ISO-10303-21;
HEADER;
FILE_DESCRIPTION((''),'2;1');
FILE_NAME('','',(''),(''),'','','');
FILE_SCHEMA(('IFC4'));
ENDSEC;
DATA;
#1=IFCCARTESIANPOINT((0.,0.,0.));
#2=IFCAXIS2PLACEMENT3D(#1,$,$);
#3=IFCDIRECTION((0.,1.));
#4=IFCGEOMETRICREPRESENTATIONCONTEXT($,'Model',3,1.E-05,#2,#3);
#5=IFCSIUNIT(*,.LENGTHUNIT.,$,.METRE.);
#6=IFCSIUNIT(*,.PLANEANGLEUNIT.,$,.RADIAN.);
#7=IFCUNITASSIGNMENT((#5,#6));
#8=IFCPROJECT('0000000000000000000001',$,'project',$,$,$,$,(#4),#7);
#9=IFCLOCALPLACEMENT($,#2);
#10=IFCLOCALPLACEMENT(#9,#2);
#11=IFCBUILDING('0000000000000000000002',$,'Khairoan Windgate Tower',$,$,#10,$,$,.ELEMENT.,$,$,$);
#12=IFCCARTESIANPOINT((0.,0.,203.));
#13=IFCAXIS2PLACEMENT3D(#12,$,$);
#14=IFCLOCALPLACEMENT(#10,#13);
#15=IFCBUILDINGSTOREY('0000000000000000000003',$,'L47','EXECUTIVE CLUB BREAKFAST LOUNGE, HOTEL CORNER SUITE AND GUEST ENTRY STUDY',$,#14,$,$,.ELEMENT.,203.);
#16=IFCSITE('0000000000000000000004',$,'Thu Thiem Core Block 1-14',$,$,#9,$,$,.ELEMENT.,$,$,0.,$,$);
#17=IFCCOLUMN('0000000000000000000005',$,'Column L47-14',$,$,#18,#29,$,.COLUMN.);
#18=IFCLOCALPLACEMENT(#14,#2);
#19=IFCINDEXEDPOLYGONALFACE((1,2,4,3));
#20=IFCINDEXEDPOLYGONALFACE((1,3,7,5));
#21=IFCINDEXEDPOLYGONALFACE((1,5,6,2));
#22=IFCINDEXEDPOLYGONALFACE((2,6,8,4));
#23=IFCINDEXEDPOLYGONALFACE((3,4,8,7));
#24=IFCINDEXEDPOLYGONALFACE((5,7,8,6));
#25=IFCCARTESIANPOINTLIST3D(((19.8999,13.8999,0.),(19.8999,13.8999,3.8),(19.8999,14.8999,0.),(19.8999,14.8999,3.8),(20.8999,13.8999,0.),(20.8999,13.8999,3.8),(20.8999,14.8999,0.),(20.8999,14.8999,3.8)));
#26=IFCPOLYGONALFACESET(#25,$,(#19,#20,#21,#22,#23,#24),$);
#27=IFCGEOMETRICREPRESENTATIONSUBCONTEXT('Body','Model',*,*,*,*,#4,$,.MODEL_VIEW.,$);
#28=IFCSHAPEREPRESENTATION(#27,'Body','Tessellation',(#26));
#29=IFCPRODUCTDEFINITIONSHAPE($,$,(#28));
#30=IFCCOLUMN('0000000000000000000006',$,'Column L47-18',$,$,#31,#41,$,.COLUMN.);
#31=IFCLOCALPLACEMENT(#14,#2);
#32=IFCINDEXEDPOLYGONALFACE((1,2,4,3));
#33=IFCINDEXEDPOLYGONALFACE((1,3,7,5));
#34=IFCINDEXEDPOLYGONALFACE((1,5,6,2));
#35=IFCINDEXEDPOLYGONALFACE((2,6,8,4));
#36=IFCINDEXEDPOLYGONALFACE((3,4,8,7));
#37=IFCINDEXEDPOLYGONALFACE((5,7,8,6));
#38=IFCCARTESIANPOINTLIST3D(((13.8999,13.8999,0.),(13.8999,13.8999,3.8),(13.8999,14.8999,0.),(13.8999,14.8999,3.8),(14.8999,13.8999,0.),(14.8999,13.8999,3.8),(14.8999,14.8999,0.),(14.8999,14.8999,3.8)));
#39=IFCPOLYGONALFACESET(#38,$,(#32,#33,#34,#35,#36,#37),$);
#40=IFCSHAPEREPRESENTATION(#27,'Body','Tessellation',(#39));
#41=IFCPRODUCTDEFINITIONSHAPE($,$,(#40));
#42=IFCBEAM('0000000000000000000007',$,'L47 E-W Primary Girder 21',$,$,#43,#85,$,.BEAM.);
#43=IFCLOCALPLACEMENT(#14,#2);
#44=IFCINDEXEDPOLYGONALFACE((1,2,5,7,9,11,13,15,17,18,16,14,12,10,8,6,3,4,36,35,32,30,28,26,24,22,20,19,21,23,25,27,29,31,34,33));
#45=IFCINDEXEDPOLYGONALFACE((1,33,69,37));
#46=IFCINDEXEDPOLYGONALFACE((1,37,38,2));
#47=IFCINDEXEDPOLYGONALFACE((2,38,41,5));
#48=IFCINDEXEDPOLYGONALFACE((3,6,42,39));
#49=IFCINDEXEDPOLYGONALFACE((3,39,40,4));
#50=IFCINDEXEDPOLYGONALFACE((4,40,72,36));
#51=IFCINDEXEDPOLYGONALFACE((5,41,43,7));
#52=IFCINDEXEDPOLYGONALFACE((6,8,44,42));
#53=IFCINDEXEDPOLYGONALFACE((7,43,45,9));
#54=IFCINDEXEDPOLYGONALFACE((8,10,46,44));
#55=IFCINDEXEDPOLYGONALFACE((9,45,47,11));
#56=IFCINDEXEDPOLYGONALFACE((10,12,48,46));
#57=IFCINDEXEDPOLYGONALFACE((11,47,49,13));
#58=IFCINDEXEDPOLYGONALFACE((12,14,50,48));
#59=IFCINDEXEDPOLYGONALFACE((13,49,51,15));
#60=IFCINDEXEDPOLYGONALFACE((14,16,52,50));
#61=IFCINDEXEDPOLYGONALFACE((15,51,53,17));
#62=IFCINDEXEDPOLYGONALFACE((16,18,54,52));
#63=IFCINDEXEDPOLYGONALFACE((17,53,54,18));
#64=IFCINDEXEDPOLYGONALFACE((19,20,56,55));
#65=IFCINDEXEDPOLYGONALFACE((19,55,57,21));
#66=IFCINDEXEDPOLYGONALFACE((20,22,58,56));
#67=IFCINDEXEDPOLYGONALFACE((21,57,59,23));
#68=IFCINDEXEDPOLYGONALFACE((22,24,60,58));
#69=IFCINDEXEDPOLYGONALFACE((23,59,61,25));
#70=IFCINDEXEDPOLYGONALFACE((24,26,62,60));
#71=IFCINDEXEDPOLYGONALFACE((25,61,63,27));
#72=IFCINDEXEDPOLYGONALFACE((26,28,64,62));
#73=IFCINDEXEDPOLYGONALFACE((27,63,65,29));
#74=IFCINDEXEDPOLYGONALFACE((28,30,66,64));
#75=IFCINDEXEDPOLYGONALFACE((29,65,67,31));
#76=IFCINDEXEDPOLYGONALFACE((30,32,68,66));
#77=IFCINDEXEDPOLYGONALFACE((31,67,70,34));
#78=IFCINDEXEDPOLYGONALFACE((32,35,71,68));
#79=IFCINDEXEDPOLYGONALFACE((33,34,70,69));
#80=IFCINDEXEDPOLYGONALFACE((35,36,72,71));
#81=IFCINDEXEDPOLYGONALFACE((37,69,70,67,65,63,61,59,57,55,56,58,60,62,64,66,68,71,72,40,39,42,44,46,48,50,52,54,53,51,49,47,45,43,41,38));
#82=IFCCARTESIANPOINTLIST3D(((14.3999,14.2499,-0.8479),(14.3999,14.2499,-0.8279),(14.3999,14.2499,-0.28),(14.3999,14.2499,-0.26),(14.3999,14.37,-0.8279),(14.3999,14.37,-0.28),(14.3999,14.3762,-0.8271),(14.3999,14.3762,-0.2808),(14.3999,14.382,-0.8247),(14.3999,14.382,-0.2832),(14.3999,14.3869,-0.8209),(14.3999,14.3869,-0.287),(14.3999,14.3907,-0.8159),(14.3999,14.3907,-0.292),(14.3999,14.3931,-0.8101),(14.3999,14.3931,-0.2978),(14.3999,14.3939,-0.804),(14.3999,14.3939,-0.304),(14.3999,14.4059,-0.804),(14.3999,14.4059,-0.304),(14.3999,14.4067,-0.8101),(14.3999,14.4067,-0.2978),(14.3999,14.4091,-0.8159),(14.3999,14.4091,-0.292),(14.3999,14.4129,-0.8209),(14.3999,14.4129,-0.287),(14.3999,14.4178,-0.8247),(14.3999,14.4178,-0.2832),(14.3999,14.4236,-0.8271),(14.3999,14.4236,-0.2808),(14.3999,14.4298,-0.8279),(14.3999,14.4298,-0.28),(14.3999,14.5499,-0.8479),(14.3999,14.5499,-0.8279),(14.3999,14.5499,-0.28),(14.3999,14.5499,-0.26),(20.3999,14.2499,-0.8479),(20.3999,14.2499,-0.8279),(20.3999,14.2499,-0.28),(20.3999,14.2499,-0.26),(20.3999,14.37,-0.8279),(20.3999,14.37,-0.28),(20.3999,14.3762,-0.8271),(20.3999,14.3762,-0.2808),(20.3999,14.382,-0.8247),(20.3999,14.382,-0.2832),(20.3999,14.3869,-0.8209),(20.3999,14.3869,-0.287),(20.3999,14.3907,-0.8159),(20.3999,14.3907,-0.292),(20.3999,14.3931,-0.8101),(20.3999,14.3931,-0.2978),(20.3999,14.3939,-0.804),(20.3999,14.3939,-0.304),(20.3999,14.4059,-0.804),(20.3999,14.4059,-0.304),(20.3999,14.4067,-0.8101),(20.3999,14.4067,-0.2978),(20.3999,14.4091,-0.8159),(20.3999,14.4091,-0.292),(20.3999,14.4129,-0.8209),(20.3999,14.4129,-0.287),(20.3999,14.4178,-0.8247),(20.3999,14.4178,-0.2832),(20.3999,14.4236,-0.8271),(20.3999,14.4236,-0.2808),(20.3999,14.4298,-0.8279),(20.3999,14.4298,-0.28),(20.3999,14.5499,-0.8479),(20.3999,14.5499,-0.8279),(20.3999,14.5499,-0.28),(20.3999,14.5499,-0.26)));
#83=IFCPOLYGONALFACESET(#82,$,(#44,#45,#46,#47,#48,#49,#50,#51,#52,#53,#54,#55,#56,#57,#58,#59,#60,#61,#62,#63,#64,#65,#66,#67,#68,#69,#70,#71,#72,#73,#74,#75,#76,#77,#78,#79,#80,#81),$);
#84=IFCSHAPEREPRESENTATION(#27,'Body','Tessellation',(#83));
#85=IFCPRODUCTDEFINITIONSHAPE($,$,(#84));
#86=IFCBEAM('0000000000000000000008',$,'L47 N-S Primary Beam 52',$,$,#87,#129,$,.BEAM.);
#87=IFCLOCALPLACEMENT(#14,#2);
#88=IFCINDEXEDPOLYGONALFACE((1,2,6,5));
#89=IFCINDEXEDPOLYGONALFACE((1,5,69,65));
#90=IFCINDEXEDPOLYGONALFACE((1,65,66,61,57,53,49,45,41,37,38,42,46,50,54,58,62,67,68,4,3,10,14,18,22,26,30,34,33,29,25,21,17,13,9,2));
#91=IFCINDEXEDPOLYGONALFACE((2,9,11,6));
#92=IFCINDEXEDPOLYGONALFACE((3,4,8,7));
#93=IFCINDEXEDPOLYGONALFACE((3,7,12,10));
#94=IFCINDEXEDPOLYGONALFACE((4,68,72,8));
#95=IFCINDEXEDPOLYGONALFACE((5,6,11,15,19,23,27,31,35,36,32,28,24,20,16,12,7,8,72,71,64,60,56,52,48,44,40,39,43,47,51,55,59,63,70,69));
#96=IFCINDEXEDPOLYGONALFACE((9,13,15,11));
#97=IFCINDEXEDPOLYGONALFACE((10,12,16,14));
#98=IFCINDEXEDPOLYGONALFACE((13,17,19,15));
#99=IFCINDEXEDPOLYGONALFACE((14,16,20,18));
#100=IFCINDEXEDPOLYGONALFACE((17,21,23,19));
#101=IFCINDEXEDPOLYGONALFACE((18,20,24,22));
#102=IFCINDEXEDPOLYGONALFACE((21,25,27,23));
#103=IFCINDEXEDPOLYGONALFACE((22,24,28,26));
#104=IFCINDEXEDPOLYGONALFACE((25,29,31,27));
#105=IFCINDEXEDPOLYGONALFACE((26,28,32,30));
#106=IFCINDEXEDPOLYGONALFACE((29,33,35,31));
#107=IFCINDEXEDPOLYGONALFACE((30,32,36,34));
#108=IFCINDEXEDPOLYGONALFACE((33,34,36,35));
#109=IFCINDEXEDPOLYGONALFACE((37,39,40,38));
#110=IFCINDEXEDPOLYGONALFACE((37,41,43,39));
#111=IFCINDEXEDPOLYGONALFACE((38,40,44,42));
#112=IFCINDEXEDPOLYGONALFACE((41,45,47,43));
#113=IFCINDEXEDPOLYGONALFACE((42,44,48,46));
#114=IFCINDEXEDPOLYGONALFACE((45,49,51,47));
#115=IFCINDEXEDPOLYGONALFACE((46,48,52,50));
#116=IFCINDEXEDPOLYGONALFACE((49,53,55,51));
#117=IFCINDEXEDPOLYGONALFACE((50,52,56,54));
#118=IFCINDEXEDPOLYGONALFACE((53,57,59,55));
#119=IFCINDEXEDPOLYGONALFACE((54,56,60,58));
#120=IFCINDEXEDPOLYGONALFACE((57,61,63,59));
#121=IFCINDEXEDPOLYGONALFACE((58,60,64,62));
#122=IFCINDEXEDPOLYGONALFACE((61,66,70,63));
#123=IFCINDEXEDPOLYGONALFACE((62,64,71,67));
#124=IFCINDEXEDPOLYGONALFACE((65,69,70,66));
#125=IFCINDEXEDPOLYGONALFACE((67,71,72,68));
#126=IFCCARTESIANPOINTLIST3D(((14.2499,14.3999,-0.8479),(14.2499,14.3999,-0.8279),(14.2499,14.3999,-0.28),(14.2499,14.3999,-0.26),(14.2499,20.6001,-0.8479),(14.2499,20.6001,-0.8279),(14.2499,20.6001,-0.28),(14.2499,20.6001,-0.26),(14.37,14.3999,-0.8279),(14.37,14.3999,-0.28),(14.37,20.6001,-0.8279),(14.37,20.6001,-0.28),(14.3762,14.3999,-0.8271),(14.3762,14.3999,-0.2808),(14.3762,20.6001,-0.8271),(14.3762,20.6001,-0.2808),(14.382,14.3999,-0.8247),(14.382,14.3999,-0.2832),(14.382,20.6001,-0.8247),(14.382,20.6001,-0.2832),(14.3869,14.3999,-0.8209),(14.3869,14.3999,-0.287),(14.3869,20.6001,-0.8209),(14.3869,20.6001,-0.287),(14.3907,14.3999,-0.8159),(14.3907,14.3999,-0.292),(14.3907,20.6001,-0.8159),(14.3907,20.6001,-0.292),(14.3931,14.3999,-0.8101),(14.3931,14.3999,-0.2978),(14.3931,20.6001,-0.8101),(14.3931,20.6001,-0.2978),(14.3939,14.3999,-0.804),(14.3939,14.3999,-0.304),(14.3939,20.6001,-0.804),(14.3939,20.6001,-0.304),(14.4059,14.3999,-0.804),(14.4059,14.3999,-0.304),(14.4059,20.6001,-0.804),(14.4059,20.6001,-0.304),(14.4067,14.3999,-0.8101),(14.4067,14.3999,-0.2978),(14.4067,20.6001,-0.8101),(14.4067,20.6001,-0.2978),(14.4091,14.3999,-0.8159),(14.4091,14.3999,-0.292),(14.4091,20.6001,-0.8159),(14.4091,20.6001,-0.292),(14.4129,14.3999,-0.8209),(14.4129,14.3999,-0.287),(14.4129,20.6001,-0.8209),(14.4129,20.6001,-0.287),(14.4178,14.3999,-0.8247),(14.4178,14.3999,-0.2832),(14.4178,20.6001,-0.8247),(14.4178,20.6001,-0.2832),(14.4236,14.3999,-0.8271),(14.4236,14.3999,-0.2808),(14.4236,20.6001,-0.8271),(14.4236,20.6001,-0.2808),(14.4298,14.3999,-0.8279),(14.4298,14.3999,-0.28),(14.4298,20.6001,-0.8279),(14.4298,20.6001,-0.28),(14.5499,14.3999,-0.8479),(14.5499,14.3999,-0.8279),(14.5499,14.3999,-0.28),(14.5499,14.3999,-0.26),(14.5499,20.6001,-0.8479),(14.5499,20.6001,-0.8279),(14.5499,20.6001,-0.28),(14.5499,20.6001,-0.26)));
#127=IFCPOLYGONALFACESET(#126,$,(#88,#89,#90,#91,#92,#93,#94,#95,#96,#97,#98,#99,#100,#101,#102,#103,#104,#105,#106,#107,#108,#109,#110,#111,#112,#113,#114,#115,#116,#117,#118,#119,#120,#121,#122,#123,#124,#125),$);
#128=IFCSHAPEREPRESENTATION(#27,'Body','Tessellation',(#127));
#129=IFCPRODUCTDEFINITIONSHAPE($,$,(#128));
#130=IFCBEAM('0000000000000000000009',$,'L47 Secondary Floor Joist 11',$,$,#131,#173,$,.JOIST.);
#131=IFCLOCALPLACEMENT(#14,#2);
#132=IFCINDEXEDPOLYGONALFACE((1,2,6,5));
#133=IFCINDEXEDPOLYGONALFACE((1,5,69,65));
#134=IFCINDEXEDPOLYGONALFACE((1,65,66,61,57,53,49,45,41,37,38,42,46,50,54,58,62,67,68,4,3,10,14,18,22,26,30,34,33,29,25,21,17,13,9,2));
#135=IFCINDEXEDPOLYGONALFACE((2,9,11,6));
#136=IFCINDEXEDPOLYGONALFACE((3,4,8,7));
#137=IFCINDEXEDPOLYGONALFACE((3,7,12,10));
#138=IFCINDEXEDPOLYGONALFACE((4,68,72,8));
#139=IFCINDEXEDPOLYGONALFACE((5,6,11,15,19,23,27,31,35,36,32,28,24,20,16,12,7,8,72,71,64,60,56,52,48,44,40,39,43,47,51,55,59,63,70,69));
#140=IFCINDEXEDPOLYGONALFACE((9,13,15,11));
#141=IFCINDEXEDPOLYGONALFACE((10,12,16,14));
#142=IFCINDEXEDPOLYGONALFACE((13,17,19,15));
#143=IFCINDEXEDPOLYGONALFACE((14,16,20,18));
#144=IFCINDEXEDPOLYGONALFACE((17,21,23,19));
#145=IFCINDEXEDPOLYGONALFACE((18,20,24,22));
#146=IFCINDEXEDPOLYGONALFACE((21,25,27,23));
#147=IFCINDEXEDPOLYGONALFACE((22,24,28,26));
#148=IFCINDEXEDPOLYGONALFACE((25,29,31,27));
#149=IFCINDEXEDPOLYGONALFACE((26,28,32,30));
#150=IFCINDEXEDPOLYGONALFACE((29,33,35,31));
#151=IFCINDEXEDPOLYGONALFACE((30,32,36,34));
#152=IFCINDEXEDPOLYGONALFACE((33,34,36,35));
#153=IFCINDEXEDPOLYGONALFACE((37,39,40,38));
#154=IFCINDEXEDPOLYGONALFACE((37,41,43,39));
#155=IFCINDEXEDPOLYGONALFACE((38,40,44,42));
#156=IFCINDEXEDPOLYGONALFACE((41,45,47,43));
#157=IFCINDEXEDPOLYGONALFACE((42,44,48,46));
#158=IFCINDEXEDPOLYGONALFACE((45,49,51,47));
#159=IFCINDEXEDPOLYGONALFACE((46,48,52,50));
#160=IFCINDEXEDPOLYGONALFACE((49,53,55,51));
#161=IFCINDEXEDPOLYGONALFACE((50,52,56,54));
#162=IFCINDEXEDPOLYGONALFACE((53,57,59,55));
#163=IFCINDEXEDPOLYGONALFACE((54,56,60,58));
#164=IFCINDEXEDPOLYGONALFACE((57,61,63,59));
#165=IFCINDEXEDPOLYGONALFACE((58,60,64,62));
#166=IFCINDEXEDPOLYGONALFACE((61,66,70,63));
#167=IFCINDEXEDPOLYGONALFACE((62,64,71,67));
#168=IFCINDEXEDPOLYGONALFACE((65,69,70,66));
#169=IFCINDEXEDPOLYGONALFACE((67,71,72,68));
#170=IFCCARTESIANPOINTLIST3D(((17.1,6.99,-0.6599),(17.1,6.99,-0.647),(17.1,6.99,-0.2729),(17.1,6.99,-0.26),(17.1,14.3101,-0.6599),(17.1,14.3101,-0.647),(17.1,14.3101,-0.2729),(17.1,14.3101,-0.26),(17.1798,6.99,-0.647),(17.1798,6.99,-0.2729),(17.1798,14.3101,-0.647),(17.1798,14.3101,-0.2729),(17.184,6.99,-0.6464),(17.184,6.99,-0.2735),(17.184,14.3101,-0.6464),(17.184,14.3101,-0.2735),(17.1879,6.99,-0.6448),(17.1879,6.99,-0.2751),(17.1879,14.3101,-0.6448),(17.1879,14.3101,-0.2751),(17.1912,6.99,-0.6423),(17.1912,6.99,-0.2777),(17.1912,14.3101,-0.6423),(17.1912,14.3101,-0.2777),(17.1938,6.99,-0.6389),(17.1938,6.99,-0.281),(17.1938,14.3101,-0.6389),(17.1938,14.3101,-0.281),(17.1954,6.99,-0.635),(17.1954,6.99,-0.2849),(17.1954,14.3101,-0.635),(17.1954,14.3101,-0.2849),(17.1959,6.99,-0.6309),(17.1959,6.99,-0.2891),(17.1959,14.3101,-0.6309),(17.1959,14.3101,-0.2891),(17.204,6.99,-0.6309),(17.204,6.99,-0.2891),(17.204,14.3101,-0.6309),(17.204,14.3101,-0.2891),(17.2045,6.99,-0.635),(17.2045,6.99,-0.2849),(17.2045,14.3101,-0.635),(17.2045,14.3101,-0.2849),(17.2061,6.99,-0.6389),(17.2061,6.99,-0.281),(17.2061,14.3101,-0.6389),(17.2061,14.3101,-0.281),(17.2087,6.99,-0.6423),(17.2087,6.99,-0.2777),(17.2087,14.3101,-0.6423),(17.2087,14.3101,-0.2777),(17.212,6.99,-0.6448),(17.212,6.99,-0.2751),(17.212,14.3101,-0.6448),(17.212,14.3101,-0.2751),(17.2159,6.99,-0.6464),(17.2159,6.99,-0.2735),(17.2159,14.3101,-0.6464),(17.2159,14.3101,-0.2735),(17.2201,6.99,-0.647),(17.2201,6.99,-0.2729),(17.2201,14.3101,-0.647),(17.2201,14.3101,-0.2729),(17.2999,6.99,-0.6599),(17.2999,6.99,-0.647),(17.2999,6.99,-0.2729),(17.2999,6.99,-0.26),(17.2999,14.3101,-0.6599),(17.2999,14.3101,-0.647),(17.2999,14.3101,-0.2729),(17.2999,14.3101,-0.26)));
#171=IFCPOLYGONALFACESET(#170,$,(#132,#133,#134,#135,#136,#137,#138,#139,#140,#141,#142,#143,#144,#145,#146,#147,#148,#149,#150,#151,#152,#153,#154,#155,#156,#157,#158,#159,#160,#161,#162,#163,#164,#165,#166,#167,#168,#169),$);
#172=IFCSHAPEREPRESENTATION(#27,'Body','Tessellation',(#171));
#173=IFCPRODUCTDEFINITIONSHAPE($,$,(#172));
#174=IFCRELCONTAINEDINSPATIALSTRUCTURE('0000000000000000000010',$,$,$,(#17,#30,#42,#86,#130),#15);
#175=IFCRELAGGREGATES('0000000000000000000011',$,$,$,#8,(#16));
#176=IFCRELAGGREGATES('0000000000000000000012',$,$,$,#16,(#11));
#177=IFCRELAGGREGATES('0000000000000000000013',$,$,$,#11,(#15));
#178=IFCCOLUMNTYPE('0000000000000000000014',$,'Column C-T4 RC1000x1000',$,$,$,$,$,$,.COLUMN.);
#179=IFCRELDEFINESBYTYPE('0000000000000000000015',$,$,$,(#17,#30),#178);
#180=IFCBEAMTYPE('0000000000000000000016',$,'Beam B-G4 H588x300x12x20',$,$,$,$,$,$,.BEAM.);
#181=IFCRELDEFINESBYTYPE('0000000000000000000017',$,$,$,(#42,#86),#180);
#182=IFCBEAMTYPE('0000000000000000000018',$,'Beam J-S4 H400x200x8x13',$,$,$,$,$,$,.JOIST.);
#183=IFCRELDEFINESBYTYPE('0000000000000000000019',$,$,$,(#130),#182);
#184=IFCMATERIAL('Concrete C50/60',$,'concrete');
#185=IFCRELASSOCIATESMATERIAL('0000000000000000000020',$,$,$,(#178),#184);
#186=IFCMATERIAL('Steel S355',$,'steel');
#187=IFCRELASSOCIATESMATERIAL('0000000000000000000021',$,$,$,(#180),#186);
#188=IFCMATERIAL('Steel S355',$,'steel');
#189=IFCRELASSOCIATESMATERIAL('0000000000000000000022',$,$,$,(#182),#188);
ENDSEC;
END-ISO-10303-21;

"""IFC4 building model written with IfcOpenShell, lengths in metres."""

from ifc_helpers import new_model, si_unit, direction, frame, origin, origin_2d, place, context, subcontext, project, spatial, rectangle, i_section, extrude, material, material_profile, profile_set, type_object, element, save


model = new_model("IFC4")

# Units and contexts
model_context = context("Model", 3, precision=1e-05, world=origin(), true_north=direction((0.0, 1.0)))
body_context = subcontext(model_context, "Body", "Model", "MODEL_VIEW")
ifc_project = project(units=[si_unit("LENGTHUNIT", "METRE"), si_unit("PLANEANGLEUNIT", "RADIAN")], contexts=[model_context])

# Site, building, storey
site_placement = place(None, origin())
site = spatial("IfcSite", under=ifc_project, at=site_placement, Name="Thu Thiem Core Block 1-14", CompositionType="ELEMENT", RefElevation=0.0)
building_placement = place(site_placement, origin())
building = spatial("IfcBuilding", under=site, at=building_placement, Name="Khairoan Windgate Tower", CompositionType="ELEMENT")
storey_placement = place(building_placement, frame((0.0, 0.0, 203.0)))
storey = spatial("IfcBuildingStorey", under=building, at=storey_placement, Name="L47", Description="EXECUTIVE CLUB BREAKFAST LOUNGE, HOTEL CORNER SUITE AND GUEST ENTRY STUDY", CompositionType="ELEMENT", Elevation=203.0)

# Columns
ifc_material_1 = material(Name="Concrete C50/60", Category="concrete")
ifc_material_profile_1 = material_profile(ifc_material_1, rectangle(XDim=1.0, YDim=1.0, at=origin_2d()))
ifc_profile_set_1 = profile_set([ifc_material_profile_1], Name="Concrete C50/60")
column_type = type_object("IfcColumnType", Name="Column C-T4 RC1000x1000", PredefinedType="COLUMN", material=ifc_profile_set_1)
for number, where, z_axis, x_axis, name in (
    (1, (20.3999, 14.3999, 0.0), (0.0, 0.0, 1.0), (1.0, 0.0, 0.0), "Column L47-14"),
    (2, (14.3999, 14.3999, 0.0), (0.0, 0.0, 1.0), (1.0, 0.0, 0.0), "Column L47-18"),
):
    element("IfcColumn", number, at=place(storey_placement, frame(where, z_axis=z_axis, x_axis=x_axis)), inside=storey, type_object=column_type, Name=name, PredefinedType="COLUMN", context=body_context, shape_type="SweptSolid", body=[
        extrude(rectangle(XDim=1.0, YDim=1.0, at=origin_2d()), origin(), (0.0, 0.0, 1.0), 3.8),
    ])

# Beams
ifc_material_2 = material(Name="Steel S355", Category="steel")
ifc_material_profile_2 = material_profile(ifc_material_2, i_section(OverallWidth=0.3, OverallDepth=0.5879, WebThickness=0.012, FlangeThickness=0.02, FilletRadius=0.0239, at=origin_2d()))
ifc_profile_set_2 = profile_set([ifc_material_profile_2], Name="Steel S355")
beam_type_1 = type_object("IfcBeamType", Name="Beam B-G4 H588x300x12x20", PredefinedType="BEAM", material=ifc_profile_set_2)
beam_1_placement = place(storey_placement, frame((14.3999, 14.3999, -0.554), z_axis=(1.0, 0.0, 0.0), x_axis=(0.0, 1.0, 0.0)))
element("IfcBeam", 3, at=beam_1_placement, inside=storey, type_object=beam_type_1, Name="L47 E-W Primary Girder 21", PredefinedType="BEAM", context=body_context, shape_type="SweptSolid", body=[
    extrude(i_section(OverallWidth=0.3, OverallDepth=0.5879, WebThickness=0.012, FlangeThickness=0.02, FilletRadius=0.0239, at=origin_2d()), origin(), (0.0, 0.0, 1.0), 6.0),
])
beam_2_placement = place(storey_placement, frame((14.3999, 14.3999, -0.554), z_axis=(0.0, 1.0, 0.0), x_axis=(-1.0, 0.0, 0.0)))
element("IfcBeam", 4, at=beam_2_placement, inside=storey, type_object=beam_type_1, Name="L47 N-S Primary Beam 52", PredefinedType="BEAM", context=body_context, shape_type="SweptSolid", body=[
    extrude(i_section(OverallWidth=0.3, OverallDepth=0.5879, WebThickness=0.012, FlangeThickness=0.02, FilletRadius=0.0239, at=origin_2d()), origin(), (0.0, 0.0, 1.0), 6.2002),
])
ifc_material_3 = material(Name="Steel S355", Category="steel")
ifc_material_profile_3 = material_profile(ifc_material_3, i_section(OverallWidth=0.2, OverallDepth=0.3999, WebThickness=0.0081, FlangeThickness=0.0129, FilletRadius=0.0161, at=origin_2d()))
ifc_profile_set_3 = profile_set([ifc_material_profile_3], Name="Steel S355")
beam_type_2 = type_object("IfcBeamType", Name="Beam J-S4 H400x200x8x13", PredefinedType="JOIST", material=ifc_profile_set_3)
beam_3_placement = place(storey_placement, frame((17.2, 6.99, -0.46), z_axis=(0.0, 1.0, 0.0), x_axis=(-1.0, 0.0, 0.0)))
element("IfcBeam", 5, at=beam_3_placement, inside=storey, type_object=beam_type_2, Name="L47 Secondary Floor Joist 11", PredefinedType="JOIST", context=body_context, shape_type="SweptSolid", body=[
    extrude(i_section(OverallWidth=0.2, OverallDepth=0.3999, WebThickness=0.0081, FlangeThickness=0.0129, FilletRadius=0.0161, at=origin_2d()), origin(), (0.0, 0.0, 1.0), 7.3201),
])

save(model, "model.ifc")
